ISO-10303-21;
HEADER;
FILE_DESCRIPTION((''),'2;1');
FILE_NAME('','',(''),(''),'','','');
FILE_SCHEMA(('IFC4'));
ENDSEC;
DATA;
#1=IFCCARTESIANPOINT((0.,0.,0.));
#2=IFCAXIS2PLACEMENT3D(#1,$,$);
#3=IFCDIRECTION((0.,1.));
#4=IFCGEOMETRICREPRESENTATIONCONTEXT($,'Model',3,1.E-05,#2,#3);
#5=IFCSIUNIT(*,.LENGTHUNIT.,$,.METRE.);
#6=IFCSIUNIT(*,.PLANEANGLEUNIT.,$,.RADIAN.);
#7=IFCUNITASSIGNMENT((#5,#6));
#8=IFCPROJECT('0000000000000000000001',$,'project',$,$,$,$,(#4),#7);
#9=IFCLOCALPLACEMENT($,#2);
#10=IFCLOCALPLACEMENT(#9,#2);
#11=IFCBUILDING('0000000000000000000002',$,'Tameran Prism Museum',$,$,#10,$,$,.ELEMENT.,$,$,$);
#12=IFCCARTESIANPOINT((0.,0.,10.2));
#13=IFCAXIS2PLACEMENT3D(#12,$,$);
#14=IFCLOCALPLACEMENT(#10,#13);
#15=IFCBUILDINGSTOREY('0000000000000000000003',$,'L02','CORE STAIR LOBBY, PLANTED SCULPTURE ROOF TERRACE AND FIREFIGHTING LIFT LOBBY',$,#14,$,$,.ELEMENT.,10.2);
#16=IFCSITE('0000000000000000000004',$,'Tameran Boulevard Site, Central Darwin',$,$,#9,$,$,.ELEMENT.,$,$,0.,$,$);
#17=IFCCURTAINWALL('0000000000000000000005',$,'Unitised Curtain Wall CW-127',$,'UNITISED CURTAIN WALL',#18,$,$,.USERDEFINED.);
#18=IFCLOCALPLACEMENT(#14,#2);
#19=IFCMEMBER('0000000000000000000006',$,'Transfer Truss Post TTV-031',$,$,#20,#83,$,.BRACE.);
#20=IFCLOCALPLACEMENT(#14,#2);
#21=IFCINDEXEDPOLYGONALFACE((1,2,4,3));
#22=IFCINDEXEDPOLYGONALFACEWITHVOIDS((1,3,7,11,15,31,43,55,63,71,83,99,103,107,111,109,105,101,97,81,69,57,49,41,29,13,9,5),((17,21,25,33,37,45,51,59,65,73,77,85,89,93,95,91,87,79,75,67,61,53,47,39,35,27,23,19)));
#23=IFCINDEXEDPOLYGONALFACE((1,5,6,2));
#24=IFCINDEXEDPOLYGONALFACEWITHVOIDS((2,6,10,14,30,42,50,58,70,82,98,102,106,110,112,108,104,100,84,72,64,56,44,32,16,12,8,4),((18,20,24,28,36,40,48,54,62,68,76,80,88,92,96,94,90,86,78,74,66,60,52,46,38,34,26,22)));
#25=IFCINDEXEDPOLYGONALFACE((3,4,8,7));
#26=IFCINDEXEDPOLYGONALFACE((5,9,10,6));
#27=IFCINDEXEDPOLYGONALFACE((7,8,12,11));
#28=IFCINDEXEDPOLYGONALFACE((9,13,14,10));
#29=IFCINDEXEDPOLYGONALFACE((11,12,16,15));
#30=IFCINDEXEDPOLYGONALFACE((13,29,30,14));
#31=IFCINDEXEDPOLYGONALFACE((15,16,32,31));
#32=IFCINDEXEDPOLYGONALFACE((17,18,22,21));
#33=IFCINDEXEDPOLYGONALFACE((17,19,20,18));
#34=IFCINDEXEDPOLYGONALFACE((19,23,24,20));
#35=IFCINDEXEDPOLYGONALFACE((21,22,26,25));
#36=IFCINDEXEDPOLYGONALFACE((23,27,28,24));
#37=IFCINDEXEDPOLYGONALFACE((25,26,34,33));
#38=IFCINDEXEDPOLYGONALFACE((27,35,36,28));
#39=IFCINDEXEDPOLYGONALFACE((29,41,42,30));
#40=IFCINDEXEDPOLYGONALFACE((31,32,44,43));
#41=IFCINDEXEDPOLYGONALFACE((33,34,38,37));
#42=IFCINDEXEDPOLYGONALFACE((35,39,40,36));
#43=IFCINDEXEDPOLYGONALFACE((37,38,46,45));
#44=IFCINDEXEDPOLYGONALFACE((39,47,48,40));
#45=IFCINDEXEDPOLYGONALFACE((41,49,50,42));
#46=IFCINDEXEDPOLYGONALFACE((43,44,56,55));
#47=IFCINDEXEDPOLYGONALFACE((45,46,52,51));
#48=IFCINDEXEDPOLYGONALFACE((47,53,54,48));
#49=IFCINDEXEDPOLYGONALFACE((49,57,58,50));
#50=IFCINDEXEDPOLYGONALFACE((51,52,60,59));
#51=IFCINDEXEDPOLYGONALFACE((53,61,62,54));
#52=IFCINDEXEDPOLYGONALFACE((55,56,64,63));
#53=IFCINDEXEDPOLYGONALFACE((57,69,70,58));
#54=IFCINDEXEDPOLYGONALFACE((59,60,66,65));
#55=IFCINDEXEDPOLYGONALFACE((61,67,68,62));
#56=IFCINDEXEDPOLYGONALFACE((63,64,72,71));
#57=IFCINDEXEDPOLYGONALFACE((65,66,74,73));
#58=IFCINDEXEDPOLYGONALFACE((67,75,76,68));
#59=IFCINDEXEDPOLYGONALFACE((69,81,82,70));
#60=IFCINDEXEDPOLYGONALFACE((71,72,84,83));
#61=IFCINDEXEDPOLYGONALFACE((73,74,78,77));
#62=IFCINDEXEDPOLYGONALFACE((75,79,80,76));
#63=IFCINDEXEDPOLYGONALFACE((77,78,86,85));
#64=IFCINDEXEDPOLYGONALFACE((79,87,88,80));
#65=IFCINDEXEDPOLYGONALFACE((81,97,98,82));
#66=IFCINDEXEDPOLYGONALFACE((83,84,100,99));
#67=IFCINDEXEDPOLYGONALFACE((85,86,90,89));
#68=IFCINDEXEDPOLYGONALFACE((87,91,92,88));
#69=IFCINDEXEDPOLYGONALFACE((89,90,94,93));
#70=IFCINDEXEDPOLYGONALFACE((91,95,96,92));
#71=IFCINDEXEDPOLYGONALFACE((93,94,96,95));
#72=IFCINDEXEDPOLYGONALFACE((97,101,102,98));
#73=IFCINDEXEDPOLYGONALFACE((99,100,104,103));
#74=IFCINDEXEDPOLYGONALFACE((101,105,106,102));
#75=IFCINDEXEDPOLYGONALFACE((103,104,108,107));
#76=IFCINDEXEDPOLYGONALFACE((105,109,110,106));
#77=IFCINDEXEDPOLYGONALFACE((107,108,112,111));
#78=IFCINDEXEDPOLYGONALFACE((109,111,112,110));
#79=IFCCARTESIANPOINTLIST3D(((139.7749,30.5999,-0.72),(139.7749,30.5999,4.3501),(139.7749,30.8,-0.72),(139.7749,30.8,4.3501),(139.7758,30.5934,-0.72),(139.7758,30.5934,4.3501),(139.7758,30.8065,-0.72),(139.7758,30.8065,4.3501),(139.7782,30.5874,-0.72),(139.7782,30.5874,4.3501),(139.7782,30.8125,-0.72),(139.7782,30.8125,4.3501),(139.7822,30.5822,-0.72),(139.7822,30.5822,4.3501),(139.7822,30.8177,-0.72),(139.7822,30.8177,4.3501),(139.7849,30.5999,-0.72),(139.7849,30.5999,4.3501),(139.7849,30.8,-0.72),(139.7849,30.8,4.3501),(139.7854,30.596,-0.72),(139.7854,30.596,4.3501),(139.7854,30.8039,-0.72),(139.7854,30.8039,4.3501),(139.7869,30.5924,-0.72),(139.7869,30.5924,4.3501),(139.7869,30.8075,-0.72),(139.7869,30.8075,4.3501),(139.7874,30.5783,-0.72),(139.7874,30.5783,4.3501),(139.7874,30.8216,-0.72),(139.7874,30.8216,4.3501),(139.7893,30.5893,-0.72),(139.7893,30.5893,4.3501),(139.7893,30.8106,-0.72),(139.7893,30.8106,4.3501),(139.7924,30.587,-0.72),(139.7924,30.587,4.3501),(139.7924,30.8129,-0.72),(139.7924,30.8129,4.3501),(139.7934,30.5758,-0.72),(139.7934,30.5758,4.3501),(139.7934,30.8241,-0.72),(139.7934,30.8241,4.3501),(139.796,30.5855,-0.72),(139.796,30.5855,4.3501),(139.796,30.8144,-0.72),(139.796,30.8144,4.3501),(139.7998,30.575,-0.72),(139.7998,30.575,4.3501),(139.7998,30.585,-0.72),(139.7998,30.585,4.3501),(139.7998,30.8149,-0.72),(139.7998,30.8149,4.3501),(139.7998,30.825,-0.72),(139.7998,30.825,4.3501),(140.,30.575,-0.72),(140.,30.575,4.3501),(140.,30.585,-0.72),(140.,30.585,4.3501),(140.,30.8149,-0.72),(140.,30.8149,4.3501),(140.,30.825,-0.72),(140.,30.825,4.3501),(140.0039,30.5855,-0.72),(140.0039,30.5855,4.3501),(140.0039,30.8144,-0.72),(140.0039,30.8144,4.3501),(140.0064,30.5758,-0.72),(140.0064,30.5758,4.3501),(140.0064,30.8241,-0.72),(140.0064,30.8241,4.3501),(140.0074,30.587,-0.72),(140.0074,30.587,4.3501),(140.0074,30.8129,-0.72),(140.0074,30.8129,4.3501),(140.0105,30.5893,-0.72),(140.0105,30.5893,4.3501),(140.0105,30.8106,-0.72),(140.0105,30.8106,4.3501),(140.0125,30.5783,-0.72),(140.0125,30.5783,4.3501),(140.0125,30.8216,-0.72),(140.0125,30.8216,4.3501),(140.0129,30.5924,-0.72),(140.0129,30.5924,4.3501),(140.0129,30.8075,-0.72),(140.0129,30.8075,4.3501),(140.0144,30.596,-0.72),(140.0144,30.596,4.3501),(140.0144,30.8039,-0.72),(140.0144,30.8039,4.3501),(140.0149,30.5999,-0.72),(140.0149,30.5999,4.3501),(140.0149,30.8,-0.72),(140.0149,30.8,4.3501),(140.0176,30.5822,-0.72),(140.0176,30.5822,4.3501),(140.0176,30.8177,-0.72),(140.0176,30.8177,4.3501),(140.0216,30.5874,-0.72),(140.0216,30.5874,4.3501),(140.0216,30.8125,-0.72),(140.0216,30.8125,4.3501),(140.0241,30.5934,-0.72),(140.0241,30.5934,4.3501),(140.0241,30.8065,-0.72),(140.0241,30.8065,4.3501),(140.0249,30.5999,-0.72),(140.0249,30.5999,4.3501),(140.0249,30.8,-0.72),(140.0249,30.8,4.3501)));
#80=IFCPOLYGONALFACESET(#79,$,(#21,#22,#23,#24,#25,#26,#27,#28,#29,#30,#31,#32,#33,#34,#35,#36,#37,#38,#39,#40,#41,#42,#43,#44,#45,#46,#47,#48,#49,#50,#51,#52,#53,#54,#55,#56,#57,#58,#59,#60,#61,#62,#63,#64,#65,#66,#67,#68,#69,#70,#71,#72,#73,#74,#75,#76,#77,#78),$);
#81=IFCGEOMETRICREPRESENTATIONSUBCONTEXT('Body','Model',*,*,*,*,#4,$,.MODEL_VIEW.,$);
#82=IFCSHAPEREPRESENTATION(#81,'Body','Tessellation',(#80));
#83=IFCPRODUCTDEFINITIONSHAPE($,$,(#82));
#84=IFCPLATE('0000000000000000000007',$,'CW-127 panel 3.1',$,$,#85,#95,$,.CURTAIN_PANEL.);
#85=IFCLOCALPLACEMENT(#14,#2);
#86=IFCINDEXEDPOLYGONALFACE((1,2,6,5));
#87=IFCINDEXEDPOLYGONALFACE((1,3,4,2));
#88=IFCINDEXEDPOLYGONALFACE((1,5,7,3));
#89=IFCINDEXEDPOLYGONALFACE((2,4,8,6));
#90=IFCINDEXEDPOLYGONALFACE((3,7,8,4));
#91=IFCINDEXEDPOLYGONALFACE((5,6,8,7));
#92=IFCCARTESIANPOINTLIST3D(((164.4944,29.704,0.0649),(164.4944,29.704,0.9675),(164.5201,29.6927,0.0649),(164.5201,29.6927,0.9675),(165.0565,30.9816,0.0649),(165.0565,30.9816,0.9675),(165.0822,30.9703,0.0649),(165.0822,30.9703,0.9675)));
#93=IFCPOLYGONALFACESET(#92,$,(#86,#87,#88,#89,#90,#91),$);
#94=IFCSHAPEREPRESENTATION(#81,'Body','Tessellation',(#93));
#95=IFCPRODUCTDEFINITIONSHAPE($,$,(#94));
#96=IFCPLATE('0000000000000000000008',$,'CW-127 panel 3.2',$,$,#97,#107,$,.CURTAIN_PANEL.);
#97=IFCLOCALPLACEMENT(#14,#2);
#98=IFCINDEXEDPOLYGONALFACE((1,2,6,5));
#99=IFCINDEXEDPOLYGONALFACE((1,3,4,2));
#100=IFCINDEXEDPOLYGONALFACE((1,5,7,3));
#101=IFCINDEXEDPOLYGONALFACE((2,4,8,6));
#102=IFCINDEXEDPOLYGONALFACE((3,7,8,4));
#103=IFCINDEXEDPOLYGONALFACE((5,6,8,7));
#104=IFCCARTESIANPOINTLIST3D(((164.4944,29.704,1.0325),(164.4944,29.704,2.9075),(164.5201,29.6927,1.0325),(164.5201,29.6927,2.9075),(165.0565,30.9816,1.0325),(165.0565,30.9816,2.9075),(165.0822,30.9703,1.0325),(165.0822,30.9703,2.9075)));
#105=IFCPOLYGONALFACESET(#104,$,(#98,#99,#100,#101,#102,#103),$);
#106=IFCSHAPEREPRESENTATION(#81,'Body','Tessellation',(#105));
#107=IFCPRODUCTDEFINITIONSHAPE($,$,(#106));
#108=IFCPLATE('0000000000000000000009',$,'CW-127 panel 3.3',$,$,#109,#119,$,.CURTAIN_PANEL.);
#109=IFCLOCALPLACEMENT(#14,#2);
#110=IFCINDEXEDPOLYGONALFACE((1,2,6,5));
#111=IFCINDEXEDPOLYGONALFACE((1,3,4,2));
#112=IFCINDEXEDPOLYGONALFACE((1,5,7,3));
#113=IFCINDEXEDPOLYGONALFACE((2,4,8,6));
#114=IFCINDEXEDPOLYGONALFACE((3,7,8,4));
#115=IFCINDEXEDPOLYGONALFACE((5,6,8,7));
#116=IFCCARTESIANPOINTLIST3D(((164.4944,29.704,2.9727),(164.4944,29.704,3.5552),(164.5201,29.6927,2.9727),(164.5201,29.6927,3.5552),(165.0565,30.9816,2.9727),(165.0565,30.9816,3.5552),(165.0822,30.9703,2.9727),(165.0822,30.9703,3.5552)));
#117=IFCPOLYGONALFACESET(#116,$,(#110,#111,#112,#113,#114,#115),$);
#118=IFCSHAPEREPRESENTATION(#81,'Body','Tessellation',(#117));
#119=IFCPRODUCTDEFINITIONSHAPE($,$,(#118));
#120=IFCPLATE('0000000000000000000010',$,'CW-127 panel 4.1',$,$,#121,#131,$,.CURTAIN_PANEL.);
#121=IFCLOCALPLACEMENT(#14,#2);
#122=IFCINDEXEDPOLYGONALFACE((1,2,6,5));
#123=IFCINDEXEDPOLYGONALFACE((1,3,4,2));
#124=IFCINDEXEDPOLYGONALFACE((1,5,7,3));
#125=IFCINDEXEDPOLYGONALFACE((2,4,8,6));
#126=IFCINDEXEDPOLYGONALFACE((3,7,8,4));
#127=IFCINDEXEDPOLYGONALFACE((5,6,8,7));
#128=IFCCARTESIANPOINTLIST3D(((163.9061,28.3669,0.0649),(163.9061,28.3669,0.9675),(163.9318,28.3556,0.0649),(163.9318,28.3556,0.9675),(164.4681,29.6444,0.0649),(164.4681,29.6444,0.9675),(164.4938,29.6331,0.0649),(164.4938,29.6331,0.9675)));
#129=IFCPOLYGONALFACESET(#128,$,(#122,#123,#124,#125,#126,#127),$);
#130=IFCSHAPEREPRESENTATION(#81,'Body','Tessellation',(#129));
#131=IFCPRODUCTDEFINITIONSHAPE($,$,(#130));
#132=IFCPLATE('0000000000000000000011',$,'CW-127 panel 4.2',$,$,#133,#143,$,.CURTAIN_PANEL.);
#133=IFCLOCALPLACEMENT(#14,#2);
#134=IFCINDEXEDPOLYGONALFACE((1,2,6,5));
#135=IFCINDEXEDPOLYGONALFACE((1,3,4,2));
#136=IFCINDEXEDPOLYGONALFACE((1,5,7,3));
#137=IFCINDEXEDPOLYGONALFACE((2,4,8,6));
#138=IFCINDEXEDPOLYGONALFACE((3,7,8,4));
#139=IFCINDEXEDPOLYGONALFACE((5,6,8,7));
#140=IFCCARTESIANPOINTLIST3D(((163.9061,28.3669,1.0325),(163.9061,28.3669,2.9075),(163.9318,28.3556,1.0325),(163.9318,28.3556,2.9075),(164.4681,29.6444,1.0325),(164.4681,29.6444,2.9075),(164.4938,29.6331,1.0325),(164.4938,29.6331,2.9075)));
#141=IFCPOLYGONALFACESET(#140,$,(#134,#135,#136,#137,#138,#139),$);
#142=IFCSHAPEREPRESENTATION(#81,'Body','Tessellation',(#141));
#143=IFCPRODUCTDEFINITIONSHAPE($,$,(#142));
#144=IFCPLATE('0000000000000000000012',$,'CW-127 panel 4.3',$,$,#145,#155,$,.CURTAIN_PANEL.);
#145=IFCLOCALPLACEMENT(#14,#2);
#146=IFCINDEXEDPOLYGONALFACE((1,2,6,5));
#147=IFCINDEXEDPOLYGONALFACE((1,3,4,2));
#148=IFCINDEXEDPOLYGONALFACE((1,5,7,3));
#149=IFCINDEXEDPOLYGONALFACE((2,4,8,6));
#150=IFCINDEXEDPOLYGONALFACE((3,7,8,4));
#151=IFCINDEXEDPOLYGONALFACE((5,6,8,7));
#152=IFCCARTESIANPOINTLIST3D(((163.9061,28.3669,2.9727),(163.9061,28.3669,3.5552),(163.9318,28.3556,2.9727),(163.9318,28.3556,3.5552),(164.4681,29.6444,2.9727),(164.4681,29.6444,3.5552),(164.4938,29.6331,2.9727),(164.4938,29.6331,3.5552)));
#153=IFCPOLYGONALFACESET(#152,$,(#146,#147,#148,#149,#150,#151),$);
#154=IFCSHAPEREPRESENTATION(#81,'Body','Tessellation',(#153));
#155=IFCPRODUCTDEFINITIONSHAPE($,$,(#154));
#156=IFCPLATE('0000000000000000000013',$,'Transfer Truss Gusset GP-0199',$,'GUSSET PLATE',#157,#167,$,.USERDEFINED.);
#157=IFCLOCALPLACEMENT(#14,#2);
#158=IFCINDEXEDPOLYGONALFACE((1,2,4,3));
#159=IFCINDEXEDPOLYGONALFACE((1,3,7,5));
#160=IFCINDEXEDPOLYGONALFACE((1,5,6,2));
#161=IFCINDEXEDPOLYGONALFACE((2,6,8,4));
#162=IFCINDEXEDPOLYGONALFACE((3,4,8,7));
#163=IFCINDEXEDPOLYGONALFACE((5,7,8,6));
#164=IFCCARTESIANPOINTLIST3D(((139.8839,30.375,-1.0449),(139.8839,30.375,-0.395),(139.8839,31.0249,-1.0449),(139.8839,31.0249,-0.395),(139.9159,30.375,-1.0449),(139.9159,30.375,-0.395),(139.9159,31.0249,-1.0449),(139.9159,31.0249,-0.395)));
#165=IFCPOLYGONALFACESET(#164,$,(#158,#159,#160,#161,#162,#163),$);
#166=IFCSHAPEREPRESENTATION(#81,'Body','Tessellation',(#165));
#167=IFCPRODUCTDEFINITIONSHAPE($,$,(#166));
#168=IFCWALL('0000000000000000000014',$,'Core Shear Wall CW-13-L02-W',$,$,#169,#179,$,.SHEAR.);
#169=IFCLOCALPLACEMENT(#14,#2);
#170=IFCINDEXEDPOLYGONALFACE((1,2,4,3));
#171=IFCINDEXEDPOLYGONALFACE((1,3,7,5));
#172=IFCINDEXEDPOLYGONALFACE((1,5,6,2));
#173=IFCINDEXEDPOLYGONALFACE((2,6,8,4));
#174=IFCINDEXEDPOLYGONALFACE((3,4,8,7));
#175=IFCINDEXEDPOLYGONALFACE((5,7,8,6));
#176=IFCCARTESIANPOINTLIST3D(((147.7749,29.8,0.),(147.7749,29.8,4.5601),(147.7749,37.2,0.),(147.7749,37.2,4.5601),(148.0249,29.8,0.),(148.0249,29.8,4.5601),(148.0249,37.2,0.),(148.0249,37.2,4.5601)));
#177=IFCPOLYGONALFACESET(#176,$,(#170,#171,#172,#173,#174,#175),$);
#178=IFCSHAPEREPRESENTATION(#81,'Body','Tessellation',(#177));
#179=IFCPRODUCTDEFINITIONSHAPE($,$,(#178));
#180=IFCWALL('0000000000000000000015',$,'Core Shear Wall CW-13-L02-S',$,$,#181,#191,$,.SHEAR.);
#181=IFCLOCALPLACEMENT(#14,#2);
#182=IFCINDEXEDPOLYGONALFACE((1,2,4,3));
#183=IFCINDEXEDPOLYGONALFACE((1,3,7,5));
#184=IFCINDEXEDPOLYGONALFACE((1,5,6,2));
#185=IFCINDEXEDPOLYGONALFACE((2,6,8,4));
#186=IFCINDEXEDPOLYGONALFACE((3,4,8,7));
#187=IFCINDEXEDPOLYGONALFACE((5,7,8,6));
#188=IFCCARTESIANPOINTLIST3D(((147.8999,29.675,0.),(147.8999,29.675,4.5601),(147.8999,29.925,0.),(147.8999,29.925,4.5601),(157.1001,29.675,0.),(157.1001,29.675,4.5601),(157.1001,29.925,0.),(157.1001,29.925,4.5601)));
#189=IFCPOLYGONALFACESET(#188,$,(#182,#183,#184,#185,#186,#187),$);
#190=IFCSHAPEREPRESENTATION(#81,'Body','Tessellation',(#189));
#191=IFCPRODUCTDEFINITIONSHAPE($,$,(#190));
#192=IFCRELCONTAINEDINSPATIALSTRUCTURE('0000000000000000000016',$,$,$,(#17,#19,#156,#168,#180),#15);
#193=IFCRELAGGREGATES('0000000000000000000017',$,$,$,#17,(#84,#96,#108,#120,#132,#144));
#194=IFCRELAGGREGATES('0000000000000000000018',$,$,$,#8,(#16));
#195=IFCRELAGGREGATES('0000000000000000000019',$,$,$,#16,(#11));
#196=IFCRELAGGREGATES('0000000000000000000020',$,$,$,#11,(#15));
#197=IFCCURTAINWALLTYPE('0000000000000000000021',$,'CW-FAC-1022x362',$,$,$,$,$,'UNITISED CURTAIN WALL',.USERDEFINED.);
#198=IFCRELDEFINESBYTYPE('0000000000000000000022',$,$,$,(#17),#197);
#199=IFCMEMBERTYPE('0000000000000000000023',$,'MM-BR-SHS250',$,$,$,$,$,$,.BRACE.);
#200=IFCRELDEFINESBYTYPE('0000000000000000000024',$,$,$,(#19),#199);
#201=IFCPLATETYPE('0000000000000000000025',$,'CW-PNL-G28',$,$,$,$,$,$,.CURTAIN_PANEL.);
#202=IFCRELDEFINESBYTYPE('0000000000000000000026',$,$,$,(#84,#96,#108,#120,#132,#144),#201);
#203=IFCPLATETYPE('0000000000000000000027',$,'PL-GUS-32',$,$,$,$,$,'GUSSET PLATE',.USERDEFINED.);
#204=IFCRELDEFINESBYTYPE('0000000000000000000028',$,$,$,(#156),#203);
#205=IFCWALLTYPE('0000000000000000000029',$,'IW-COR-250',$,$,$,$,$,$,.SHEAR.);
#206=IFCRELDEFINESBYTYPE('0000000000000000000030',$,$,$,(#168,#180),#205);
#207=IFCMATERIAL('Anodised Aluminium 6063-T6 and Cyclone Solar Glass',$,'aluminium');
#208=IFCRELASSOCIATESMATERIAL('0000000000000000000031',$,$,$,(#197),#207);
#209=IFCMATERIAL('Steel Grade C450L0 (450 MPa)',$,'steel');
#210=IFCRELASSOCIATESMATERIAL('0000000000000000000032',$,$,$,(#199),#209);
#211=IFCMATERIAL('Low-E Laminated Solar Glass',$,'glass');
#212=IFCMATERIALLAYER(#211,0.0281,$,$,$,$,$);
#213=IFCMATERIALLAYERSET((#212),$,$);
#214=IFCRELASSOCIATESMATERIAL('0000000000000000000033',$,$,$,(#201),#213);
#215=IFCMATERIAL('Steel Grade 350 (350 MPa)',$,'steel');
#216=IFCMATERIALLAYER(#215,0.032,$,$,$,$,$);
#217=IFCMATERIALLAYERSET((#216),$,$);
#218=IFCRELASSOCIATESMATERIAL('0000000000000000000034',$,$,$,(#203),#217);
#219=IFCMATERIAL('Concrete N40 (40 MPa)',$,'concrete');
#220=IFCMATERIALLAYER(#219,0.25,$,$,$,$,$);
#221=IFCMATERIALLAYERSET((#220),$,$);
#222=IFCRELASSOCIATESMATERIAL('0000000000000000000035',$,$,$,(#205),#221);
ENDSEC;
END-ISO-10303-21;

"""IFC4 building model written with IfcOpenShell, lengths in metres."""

from ifc_helpers import new_model, si_unit, direction, frame, frame_2d, origin, origin_2d, place, context, subcontext, project, spatial, rectangle, hollow_rectangle, extrude, material, layer, layer_set, material_profile, profile_set, type_object, element, aggregate, save


model = new_model("IFC4")

# Units and contexts
model_context = context("Model", 3, precision=1e-05, world=origin(), true_north=direction((0.0, 1.0)))
body_context = subcontext(model_context, "Body", "Model", "MODEL_VIEW")
ifc_project = project(units=[si_unit("LENGTHUNIT", "METRE"), si_unit("PLANEANGLEUNIT", "RADIAN")], contexts=[model_context])

# Site, building, storey
site_placement = place(None, origin())
site = spatial("IfcSite", under=ifc_project, at=site_placement, Name="Tameran Boulevard Site, Central Darwin", CompositionType="ELEMENT", RefElevation=0.0)
building_placement = place(site_placement, origin())
building = spatial("IfcBuilding", under=site, at=building_placement, Name="Tameran Prism Museum", CompositionType="ELEMENT")
storey_placement = place(building_placement, frame((0.0, 0.0, 10.2)))
storey = spatial("IfcBuildingStorey", under=building, at=storey_placement, Name="L02", Description="CORE STAIR LOBBY, PLANTED SCULPTURE ROOF TERRACE AND FIREFIGHTING LIFT LOBBY", CompositionType="ELEMENT", Elevation=10.2)

# Curtain wall
ifc_material_1 = material(Name="Anodised Aluminium 6063-T6 and Cyclone Solar Glass", Category="aluminium")
curtain_wall_type = type_object("IfcCurtainWallType", Name="CW-FAC-1022x362", ElementType="UNITISED CURTAIN WALL", PredefinedType="USERDEFINED", material=ifc_material_1)
curtain_wall_placement = place(storey_placement, origin())
curtain_wall = element("IfcCurtainWall", 1, at=curtain_wall_placement, inside=storey, type_object=curtain_wall_type, Name="Unitised Curtain Wall CW-127", ObjectType="UNITISED CURTAIN WALL", PredefinedType="USERDEFINED")

# Member
ifc_material_2 = material(Name="Steel Grade C450L0 (450 MPa)", Category="steel")
ifc_material_profile_1 = material_profile(ifc_material_2, hollow_rectangle(XDim=0.25, YDim=0.25, WallThickness=0.01, InnerFilletRadius=0.0149, OuterFilletRadius=0.0249, at=origin_2d()))
ifc_profile_set_1 = profile_set([ifc_material_profile_1])
member_type_1 = type_object("IfcMemberType", Name="MM-BR-SHS250", PredefinedType="BRACE", material=ifc_profile_set_1)
member_1_placement = place(storey_placement, frame((139.8999, 30.7, -0.72), z_axis=(0.0, 0.0, 1.0), x_axis=(1.0, 0.0, 0.0)))
element("IfcMember", 2, at=member_1_placement, inside=storey, type_object=member_type_1, Name="Transfer Truss Post TTV-031", PredefinedType="BRACE", context=body_context, shape_type="SweptSolid", body=[
    extrude(hollow_rectangle(XDim=0.25, YDim=0.25, WallThickness=0.01, InnerFilletRadius=0.0149, OuterFilletRadius=0.0249, at=origin_2d()), origin(), (0.0, 0.0, 1.0), 5.0701),
])

# Plates
ifc_material_3 = material(Name="Low-E Laminated Solar Glass", Category="glass")
ifc_layer_1 = layer(ifc_material_3, 0.0281)
ifc_layer_set_1 = layer_set([ifc_layer_1])
plate_type_1 = type_object("IfcPlateType", Name="CW-PNL-G28", PredefinedType="CURTAIN_PANEL", material=ifc_layer_set_1)
plate_1_placement = place(storey_placement, frame((164.7883, 30.3372, 0.0649), z_axis=(0.0, 0.0, 1.0), x_axis=(-0.402706, -0.915329, 0.0)))
plate_1 = element("IfcPlate", 3, at=plate_1_placement, type_object=plate_type_1, Name="CW-127 panel 3.1", PredefinedType="CURTAIN_PANEL", context=body_context, shape_type="SweptSolid", body=[
    extrude(rectangle(XDim=1.3958, YDim=0.0281, at=origin_2d()), origin(), (0.0, 0.0, 1.0), 0.9026),
])
plate_2_placement = place(storey_placement, frame((164.7883, 30.3372, 1.0325), z_axis=(0.0, 0.0, 1.0), x_axis=(-0.402706, -0.915329, 0.0)))
plate_2 = element("IfcPlate", 4, at=plate_2_placement, type_object=plate_type_1, Name="CW-127 panel 3.2", PredefinedType="CURTAIN_PANEL", context=body_context, shape_type="SweptSolid", body=[
    extrude(rectangle(XDim=1.3958, YDim=0.0281, at=origin_2d()), origin(), (0.0, 0.0, 1.0), 1.875),
])
plate_3_placement = place(storey_placement, frame((164.7883, 30.3372, 2.9727), z_axis=(0.0, 0.0, 1.0), x_axis=(-0.402706, -0.915329, 0.0)))
plate_3 = element("IfcPlate", 5, at=plate_3_placement, type_object=plate_type_1, Name="CW-127 panel 3.3", PredefinedType="CURTAIN_PANEL", context=body_context, shape_type="SweptSolid", body=[
    extrude(rectangle(XDim=1.3958, YDim=0.0281, at=origin_2d()), origin(), (0.0, 0.0, 1.0), 0.5825),
])
plate_4_placement = place(storey_placement, frame((164.2, 29.0, 0.0649), z_axis=(0.0, 0.0, 1.0), x_axis=(-0.402706, -0.915329, 0.0)))
plate_4 = element("IfcPlate", 6, at=plate_4_placement, type_object=plate_type_1, Name="CW-127 panel 4.1", PredefinedType="CURTAIN_PANEL", context=body_context, shape_type="SweptSolid", body=[
    extrude(rectangle(XDim=1.3958, YDim=0.0281, at=origin_2d()), origin(), (0.0, 0.0, 1.0), 0.9026),
])
plate_5_placement = place(storey_placement, frame((164.2, 29.0, 1.0325), z_axis=(0.0, 0.0, 1.0), x_axis=(-0.402706, -0.915329, 0.0)))
plate_5 = element("IfcPlate", 7, at=plate_5_placement, type_object=plate_type_1, Name="CW-127 panel 4.2", PredefinedType="CURTAIN_PANEL", context=body_context, shape_type="SweptSolid", body=[
    extrude(rectangle(XDim=1.3958, YDim=0.0281, at=origin_2d()), origin(), (0.0, 0.0, 1.0), 1.875),
])
plate_6_placement = place(storey_placement, frame((164.2, 29.0, 2.9727), z_axis=(0.0, 0.0, 1.0), x_axis=(-0.402706, -0.915329, 0.0)))
plate_6 = element("IfcPlate", 8, at=plate_6_placement, type_object=plate_type_1, Name="CW-127 panel 4.3", PredefinedType="CURTAIN_PANEL", context=body_context, shape_type="SweptSolid", body=[
    extrude(rectangle(XDim=1.3958, YDim=0.0281, at=origin_2d()), origin(), (0.0, 0.0, 1.0), 0.5825),
])
aggregate(curtain_wall, [plate_1, plate_2, plate_3, plate_4, plate_5, plate_6])
ifc_material_4 = material(Name="Steel Grade 350 (350 MPa)", Category="steel")
ifc_layer_2 = layer(ifc_material_4, 0.032)
ifc_layer_set_2 = layer_set([ifc_layer_2])
plate_type_2 = type_object("IfcPlateType", Name="PL-GUS-32", ElementType="GUSSET PLATE", PredefinedType="USERDEFINED", material=ifc_layer_set_2)
plate_7_placement = place(storey_placement, frame((139.8999, 30.7, -1.0449), z_axis=(0.0, 0.0, 1.0), x_axis=(1.0, 0.0, 0.0)))
element("IfcPlate", 9, at=plate_7_placement, inside=storey, type_object=plate_type_2, Name="Transfer Truss Gusset GP-0199", ObjectType="GUSSET PLATE", PredefinedType="USERDEFINED", context=body_context, shape_type="SweptSolid", body=[
    extrude(rectangle(XDim=0.032, YDim=0.6499, at=origin_2d()), origin(), (0.0, 0.0, 1.0), 0.6499),
])

# Walls
ifc_material_5 = material(Name="Concrete N40 (40 MPa)", Category="concrete")
ifc_layer_3 = layer(ifc_material_5, 0.25)
ifc_layer_set_3 = layer_set([ifc_layer_3])
wall_type = type_object("IfcWallType", Name="IW-COR-250", PredefinedType="SHEAR", material=ifc_layer_set_3)
wall_1_placement = place(storey_placement, frame((147.8999, 29.8, 0.0), z_axis=(0.0, 0.0, 1.0), x_axis=(0.0, 1.0, 0.0)))
element("IfcWall", 10, at=wall_1_placement, inside=storey, type_object=wall_type, Name="Core Shear Wall CW-13-L02-W", PredefinedType="SHEAR", context=body_context, shape_type="SweptSolid", body=[
    extrude(rectangle(XDim=7.3999, YDim=0.25, at=frame_2d((3.7, 0.0))), origin(), (0.0, 0.0, 1.0), 4.5601),
])
wall_2_placement = place(storey_placement, frame((157.1001, 29.8, 0.0), z_axis=(0.0, 0.0, 1.0), x_axis=(-1.0, 0.0, 0.0)))
element("IfcWall", 11, at=wall_2_placement, inside=storey, type_object=wall_type, Name="Core Shear Wall CW-13-L02-S", PredefinedType="SHEAR", context=body_context, shape_type="SweptSolid", body=[
    extrude(rectangle(XDim=9.2002, YDim=0.25, at=frame_2d((4.6001, 0.0))), origin(), (0.0, 0.0, 1.0), 4.5601),
])

save(model, "model.ifc")
